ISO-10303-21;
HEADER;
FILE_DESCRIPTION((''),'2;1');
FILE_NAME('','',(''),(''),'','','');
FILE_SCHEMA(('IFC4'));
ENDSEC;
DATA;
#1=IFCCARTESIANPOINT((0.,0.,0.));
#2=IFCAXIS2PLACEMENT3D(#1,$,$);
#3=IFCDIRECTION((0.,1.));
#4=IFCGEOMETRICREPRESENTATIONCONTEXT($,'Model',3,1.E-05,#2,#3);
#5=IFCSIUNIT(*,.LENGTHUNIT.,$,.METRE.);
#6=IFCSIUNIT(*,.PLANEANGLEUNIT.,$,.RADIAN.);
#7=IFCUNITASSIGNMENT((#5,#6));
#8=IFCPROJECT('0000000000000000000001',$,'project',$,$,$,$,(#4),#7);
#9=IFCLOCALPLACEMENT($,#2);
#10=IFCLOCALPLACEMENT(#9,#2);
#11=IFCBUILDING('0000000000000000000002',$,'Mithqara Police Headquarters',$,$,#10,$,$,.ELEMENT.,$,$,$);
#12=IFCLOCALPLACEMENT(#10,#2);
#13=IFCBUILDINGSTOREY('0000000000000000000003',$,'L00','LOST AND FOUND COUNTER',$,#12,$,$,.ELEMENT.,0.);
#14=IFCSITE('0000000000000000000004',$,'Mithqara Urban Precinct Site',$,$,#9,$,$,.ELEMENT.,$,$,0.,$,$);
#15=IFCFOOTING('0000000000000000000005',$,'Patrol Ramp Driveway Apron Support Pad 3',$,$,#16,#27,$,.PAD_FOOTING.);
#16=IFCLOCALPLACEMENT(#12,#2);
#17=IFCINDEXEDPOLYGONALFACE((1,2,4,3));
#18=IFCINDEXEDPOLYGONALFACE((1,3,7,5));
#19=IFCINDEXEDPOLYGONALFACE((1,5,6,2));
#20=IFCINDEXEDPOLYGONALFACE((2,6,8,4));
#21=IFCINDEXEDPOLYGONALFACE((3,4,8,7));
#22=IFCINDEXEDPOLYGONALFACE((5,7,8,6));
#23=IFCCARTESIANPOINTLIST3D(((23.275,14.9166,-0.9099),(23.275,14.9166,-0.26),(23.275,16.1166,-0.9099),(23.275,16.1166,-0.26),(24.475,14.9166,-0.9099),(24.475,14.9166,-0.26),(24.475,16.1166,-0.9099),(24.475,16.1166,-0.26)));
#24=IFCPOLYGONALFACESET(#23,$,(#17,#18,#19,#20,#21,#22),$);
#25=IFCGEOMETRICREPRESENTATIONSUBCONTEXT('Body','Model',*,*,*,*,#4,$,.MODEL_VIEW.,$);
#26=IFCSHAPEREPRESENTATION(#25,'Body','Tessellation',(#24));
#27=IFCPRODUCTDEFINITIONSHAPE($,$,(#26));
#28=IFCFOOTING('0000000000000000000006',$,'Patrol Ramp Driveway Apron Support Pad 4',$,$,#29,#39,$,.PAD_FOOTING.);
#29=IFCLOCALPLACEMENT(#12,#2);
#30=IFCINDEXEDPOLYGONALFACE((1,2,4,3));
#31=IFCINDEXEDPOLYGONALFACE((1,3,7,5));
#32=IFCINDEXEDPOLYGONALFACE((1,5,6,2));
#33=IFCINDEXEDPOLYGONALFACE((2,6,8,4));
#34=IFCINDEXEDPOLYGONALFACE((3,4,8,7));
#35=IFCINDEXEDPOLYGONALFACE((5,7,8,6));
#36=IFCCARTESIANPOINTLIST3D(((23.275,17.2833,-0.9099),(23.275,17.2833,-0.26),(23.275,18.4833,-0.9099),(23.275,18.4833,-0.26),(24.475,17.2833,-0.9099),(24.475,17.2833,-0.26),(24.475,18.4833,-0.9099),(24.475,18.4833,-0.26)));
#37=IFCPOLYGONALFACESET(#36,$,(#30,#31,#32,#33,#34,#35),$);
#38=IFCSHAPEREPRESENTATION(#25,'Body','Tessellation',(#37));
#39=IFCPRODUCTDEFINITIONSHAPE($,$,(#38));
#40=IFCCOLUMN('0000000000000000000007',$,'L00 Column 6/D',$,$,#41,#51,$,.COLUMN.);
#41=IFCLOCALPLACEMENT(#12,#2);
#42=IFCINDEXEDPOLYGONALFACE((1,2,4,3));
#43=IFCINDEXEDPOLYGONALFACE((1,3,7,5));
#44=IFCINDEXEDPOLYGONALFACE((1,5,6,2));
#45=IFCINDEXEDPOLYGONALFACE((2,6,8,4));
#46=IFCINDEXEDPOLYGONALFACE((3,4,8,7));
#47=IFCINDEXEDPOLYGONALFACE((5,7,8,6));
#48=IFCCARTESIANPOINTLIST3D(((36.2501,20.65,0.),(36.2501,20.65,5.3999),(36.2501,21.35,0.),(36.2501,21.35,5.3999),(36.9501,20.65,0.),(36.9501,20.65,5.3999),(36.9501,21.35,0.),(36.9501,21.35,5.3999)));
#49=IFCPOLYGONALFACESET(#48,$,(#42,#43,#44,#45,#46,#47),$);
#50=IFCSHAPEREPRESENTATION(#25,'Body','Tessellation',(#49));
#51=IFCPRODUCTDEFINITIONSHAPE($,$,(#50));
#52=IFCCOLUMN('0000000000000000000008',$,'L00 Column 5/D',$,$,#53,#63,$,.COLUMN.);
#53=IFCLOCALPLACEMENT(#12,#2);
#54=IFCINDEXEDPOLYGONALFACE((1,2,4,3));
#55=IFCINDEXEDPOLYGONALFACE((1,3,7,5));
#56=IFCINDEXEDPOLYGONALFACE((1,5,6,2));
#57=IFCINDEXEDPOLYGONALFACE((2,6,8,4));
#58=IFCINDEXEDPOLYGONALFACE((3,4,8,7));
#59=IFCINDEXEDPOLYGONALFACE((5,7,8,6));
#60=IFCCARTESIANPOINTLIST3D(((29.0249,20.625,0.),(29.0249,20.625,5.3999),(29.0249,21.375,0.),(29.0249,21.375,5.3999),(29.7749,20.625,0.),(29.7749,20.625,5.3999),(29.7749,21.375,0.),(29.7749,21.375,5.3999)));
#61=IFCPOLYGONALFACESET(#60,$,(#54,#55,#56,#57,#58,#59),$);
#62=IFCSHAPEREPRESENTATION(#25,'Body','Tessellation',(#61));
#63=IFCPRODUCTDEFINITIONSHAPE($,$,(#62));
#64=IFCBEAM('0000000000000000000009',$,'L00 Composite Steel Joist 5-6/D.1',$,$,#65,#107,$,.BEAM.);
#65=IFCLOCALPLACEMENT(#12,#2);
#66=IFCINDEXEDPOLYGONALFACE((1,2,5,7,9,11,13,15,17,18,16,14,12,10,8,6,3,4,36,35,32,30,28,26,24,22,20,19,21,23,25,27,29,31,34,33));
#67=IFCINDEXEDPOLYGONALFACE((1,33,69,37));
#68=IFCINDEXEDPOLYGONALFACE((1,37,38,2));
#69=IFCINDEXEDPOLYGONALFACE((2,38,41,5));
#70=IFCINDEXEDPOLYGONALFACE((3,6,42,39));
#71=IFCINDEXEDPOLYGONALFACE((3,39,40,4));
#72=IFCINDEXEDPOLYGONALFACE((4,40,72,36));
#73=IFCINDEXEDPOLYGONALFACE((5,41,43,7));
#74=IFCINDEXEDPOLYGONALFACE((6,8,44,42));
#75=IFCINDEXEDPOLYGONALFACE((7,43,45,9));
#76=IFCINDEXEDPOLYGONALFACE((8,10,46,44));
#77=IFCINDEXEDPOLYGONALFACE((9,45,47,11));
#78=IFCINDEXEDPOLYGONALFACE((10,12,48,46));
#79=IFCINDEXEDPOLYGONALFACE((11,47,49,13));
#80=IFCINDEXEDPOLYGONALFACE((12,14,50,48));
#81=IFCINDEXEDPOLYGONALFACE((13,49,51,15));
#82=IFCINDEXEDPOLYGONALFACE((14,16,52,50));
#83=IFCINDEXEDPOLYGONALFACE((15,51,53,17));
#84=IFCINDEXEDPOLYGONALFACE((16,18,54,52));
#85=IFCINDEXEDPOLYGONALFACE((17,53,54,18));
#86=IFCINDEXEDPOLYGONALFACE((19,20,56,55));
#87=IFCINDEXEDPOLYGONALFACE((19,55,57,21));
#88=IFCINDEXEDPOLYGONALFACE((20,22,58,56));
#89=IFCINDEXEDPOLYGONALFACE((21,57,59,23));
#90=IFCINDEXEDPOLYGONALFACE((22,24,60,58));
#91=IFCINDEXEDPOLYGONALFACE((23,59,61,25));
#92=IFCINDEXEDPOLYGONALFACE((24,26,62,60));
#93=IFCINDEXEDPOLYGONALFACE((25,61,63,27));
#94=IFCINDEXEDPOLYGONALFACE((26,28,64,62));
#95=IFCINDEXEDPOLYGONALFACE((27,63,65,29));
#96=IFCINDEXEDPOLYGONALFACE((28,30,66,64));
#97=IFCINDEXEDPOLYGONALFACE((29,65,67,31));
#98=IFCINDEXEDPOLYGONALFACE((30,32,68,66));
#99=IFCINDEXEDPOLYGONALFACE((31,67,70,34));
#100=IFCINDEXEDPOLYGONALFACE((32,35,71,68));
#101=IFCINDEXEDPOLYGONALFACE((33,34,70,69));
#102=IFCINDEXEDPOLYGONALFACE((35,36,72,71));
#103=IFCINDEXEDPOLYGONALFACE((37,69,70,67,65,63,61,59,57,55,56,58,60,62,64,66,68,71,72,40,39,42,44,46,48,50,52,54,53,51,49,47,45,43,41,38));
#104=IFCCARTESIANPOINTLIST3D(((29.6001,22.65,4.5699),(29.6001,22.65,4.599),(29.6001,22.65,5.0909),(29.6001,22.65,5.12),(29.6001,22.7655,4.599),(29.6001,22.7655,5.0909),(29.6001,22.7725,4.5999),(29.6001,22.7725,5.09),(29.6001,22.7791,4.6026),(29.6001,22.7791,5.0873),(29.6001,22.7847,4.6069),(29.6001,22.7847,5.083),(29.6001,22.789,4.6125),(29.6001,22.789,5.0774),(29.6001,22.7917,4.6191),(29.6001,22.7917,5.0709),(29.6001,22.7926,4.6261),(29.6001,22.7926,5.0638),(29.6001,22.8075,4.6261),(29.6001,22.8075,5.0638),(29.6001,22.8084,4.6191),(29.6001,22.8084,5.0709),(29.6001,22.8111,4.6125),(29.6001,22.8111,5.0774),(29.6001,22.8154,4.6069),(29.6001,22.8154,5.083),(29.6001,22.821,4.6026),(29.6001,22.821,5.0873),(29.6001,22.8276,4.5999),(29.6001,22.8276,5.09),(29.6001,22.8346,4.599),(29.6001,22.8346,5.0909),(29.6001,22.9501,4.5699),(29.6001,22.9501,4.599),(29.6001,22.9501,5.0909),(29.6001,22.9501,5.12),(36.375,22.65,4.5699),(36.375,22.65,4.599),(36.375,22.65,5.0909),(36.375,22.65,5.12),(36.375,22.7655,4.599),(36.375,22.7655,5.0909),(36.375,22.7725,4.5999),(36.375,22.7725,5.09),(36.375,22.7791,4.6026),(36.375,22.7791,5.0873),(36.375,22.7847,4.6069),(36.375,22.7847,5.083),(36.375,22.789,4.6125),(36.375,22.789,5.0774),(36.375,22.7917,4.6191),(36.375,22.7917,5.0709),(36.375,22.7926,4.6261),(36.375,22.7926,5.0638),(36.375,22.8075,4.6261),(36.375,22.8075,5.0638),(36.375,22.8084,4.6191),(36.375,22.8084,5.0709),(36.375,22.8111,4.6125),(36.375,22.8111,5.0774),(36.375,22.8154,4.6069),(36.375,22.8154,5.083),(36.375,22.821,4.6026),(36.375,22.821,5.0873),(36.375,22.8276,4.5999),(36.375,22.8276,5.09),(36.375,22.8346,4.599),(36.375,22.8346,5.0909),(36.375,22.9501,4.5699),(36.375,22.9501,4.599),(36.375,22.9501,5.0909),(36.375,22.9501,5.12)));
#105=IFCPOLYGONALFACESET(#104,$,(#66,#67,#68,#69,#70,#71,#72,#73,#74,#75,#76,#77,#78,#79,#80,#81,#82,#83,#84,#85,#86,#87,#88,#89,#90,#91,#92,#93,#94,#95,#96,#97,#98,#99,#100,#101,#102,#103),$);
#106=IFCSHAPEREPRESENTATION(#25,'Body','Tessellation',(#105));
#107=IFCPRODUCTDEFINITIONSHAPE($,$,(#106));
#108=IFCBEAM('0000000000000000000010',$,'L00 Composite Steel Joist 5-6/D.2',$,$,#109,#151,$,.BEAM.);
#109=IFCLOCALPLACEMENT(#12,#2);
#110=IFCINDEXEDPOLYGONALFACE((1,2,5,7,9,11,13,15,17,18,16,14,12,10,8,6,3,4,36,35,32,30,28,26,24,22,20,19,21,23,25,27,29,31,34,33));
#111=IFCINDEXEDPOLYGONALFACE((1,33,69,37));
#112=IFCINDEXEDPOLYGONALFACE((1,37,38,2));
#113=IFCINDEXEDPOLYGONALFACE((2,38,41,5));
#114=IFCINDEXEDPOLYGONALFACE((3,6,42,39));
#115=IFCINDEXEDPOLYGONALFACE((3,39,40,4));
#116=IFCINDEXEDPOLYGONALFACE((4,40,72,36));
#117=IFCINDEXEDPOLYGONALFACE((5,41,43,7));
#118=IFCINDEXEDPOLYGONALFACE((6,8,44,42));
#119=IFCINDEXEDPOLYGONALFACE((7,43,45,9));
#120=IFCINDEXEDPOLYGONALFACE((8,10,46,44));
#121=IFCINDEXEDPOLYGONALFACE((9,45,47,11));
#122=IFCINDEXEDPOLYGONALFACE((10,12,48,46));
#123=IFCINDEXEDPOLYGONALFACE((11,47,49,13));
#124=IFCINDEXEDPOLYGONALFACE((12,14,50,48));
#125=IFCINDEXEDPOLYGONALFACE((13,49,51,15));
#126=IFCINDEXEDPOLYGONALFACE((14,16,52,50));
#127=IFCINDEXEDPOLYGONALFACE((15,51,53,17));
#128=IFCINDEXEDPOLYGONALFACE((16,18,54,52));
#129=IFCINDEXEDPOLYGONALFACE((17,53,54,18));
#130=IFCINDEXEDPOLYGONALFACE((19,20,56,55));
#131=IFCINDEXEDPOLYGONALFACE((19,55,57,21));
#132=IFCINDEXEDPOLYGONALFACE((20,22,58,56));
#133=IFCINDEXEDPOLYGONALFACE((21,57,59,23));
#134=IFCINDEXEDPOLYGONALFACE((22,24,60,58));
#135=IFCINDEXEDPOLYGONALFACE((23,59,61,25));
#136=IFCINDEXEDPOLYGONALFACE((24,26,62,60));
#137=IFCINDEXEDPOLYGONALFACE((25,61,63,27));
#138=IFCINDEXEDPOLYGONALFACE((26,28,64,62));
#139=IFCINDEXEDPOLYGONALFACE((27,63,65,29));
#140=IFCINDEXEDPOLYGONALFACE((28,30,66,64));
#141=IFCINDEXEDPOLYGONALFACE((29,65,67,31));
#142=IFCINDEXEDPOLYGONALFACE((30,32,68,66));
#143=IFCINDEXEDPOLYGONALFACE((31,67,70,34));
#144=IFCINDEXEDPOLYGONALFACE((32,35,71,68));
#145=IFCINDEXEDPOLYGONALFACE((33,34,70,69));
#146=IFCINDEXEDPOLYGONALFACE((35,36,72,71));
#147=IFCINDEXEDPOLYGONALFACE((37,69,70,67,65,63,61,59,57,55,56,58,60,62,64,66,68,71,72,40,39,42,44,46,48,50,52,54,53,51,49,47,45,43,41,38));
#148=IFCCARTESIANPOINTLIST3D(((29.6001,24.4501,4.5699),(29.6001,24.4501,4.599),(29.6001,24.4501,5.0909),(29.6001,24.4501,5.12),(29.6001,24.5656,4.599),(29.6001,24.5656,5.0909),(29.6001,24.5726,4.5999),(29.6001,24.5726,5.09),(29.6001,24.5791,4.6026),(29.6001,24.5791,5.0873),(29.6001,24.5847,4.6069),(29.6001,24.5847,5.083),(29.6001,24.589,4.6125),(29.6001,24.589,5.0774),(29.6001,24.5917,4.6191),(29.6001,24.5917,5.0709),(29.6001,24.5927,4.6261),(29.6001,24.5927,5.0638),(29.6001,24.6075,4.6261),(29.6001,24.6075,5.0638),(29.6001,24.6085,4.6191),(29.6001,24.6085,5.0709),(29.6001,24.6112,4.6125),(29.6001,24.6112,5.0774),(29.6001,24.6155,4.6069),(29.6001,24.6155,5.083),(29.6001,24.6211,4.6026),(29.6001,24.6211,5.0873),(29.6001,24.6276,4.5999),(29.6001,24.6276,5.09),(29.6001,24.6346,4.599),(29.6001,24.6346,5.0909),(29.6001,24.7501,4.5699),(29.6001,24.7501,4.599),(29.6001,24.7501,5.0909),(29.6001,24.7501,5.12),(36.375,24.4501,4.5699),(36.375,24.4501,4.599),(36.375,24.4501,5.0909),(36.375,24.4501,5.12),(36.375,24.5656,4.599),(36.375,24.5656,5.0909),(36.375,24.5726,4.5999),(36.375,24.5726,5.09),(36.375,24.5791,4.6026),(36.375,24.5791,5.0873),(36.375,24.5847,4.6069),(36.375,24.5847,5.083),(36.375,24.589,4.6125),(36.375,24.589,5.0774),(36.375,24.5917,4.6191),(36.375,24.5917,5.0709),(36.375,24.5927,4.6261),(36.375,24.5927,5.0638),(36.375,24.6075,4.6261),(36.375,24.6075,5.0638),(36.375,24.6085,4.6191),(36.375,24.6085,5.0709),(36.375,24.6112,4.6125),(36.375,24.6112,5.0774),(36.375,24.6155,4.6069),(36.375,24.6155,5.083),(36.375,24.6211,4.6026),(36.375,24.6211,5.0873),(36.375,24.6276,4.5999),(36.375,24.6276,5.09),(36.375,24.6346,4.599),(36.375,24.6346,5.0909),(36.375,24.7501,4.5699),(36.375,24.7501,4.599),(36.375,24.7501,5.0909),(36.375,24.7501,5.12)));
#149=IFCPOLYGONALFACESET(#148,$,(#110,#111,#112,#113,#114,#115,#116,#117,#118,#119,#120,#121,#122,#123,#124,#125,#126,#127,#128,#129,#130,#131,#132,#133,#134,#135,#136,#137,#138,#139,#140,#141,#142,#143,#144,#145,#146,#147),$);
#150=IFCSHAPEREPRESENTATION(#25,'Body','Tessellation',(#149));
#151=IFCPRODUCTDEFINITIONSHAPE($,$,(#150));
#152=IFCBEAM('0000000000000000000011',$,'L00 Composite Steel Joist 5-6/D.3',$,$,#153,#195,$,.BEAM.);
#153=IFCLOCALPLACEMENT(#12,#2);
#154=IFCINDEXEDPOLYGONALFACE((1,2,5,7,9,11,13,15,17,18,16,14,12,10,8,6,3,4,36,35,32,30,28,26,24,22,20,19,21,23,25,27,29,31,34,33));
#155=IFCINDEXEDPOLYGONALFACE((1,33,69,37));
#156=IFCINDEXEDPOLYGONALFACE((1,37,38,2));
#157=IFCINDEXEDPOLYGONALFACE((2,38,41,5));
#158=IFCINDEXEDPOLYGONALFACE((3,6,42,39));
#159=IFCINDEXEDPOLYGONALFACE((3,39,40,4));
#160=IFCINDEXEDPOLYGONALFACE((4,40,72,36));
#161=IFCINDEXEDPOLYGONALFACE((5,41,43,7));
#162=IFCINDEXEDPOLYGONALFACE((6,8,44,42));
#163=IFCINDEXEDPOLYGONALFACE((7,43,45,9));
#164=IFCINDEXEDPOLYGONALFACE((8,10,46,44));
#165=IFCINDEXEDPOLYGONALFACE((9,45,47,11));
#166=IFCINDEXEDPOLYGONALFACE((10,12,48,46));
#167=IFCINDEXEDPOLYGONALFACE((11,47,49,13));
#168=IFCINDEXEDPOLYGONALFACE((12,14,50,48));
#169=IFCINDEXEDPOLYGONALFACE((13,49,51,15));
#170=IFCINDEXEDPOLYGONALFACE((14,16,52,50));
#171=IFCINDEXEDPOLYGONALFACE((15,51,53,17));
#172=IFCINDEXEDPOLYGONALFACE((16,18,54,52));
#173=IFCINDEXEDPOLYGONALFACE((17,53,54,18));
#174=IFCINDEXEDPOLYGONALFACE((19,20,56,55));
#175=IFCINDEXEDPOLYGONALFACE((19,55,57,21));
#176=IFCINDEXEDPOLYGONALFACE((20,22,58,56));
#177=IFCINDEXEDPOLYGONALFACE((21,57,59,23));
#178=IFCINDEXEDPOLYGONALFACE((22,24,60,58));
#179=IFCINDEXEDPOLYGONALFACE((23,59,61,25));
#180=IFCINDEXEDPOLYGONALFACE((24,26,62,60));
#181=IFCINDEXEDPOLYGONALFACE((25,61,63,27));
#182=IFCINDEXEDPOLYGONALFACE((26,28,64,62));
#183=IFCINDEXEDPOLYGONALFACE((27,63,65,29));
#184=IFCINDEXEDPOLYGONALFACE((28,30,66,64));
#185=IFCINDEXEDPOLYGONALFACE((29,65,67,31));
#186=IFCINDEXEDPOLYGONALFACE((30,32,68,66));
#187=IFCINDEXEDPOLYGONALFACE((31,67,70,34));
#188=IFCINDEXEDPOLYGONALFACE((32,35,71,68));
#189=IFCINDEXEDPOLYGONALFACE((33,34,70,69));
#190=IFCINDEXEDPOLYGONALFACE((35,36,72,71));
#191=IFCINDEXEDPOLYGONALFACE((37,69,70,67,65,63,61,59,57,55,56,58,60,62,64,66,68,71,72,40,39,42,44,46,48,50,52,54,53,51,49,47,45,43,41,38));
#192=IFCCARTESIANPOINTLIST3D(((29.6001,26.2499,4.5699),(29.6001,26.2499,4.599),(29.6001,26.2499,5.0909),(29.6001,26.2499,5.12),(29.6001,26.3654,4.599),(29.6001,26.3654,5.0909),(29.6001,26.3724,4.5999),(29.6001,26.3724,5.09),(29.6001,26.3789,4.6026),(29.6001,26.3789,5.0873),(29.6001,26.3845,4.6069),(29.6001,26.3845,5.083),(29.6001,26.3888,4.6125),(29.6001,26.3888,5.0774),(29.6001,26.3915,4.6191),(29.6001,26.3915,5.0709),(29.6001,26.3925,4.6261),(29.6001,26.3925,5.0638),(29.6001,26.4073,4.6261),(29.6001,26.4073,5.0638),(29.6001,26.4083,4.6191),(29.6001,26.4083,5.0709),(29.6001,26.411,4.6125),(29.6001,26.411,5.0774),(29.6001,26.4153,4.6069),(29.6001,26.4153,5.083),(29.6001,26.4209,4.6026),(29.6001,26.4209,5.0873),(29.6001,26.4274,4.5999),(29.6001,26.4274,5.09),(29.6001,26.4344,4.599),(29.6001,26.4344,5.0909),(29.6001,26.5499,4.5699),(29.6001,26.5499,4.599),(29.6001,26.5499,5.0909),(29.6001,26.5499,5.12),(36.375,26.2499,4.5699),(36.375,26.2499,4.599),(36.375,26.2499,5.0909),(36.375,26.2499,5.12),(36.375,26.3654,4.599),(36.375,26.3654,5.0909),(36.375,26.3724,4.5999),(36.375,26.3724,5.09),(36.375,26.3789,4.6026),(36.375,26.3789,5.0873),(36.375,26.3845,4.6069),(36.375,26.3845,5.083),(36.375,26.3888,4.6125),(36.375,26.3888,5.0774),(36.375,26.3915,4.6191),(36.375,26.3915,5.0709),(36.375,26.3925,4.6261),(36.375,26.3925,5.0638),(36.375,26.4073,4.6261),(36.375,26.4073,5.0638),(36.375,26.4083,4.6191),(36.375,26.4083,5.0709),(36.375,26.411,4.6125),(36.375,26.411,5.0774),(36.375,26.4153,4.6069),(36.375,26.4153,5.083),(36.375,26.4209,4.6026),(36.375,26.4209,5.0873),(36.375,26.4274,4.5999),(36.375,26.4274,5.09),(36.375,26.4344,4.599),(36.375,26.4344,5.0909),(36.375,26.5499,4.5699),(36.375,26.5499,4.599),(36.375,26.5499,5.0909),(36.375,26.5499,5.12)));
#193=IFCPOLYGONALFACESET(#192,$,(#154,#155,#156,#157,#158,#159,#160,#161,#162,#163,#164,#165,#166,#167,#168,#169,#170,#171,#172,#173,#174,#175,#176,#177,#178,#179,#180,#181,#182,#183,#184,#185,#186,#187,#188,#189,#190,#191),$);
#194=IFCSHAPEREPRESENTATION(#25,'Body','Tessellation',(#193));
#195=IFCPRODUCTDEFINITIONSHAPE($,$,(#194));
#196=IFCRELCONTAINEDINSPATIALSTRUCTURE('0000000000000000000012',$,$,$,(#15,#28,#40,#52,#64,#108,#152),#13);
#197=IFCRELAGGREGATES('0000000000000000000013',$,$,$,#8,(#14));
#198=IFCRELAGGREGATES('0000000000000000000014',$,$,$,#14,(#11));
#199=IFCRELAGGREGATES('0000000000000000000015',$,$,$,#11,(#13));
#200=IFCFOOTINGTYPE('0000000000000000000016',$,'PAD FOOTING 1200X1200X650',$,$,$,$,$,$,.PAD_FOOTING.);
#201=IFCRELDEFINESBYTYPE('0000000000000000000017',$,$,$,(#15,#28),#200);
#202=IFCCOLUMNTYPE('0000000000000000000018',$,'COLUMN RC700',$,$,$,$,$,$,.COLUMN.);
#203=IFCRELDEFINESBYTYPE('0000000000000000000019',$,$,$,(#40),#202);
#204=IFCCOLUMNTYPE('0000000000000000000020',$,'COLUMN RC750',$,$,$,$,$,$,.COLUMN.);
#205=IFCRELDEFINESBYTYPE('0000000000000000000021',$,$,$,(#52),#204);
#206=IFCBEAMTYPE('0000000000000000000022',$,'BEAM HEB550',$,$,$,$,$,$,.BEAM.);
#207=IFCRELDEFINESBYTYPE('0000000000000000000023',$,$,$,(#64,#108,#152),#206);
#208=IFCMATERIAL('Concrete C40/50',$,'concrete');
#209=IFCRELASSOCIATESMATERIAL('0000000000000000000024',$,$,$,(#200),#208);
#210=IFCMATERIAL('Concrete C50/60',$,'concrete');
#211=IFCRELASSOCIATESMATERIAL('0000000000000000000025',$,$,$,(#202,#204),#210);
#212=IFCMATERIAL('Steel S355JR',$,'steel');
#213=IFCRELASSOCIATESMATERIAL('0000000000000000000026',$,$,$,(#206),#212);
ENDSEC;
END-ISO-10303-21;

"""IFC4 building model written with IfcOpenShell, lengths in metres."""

from ifc_helpers import new_model, si_unit, direction, frame, origin, origin_2d, place, context, subcontext, project, spatial, rectangle, i_section, extrude, material, material_profile, profile_set, type_object, element, save


model = new_model("IFC4")

# Units and contexts
model_context = context("Model", 3, precision=1e-05, world=origin(), true_north=direction((0.0, 1.0)))
body_context = subcontext(model_context, "Body", "Model", "MODEL_VIEW")
ifc_project = project(units=[si_unit("LENGTHUNIT", "METRE"), si_unit("PLANEANGLEUNIT", "RADIAN")], contexts=[model_context])

# Site, building, storey
site_placement = place(None, origin())
site = spatial("IfcSite", under=ifc_project, at=site_placement, Name="Mithqara Urban Precinct Site", CompositionType="ELEMENT", RefElevation=0.0)
building_placement = place(site_placement, origin())
building = spatial("IfcBuilding", under=site, at=building_placement, Name="Mithqara Police Headquarters", CompositionType="ELEMENT")
storey_placement = place(building_placement, origin())
storey = spatial("IfcBuildingStorey", under=building, at=storey_placement, Name="L00", Description="LOST AND FOUND COUNTER", CompositionType="ELEMENT", Elevation=0.0)

# Footings
ifc_material_1 = material(Name="Concrete C40/50", Category="concrete")
footing_type = type_object("IfcFootingType", Name="PAD FOOTING 1200X1200X650", PredefinedType="PAD_FOOTING", material=ifc_material_1)
for number, where, z_axis, x_axis, name in (
    (1, (23.875, 15.5166, -0.9099), (0.0, 0.0, 1.0), (1.0, 0.0, 0.0), "Patrol Ramp Driveway Apron Support Pad 3"),
    (2, (23.875, 17.8833, -0.9099), (0.0, 0.0, 1.0), (1.0, 0.0, 0.0), "Patrol Ramp Driveway Apron Support Pad 4"),
):
    element("IfcFooting", number, at=place(storey_placement, frame(where, z_axis=z_axis, x_axis=x_axis)), inside=storey, type_object=footing_type, Name=name, PredefinedType="PAD_FOOTING", context=body_context, shape_type="SweptSolid", body=[
        extrude(rectangle(XDim=1.2, YDim=1.2, at=origin_2d()), origin(), (0.0, 0.0, 1.0), 0.6499),
    ])

# Columns
ifc_material_2 = material(Name="Concrete C50/60", Category="concrete")
ifc_material_profile_1 = material_profile(ifc_material_2, rectangle(XDim=0.7, YDim=0.7, at=origin_2d()), Name="RC 700x700")
ifc_profile_set_1 = profile_set([ifc_material_profile_1], Name="Concrete C50/60")
column_type_1 = type_object("IfcColumnType", Name="COLUMN RC700", PredefinedType="COLUMN", material=ifc_profile_set_1)
column_1_placement = place(storey_placement, frame((36.6001, 21.0, 0.0), z_axis=(0.0, 0.0, 1.0), x_axis=(1.0, 0.0, 0.0)))
element("IfcColumn", 3, at=column_1_placement, inside=storey, type_object=column_type_1, Name="L00 Column 6/D", PredefinedType="COLUMN", context=body_context, shape_type="SweptSolid", body=[
    extrude(rectangle(XDim=0.7, YDim=0.7, at=origin_2d()), origin(), (0.0, 0.0, 1.0), 5.3999),
])
ifc_material_profile_2 = material_profile(ifc_material_2, rectangle(XDim=0.75, YDim=0.75, at=origin_2d()), Name="RC 750x750")
ifc_profile_set_2 = profile_set([ifc_material_profile_2], Name="Concrete C50/60")
column_type_2 = type_object("IfcColumnType", Name="COLUMN RC750", PredefinedType="COLUMN", material=ifc_profile_set_2)
column_2_placement = place(storey_placement, frame((29.3999, 21.0, 0.0), z_axis=(0.0, 0.0, 1.0), x_axis=(1.0, 0.0, 0.0)))
element("IfcColumn", 4, at=column_2_placement, inside=storey, type_object=column_type_2, Name="L00 Column 5/D", PredefinedType="COLUMN", context=body_context, shape_type="SweptSolid", body=[
    extrude(rectangle(XDim=0.75, YDim=0.75, at=origin_2d()), origin(), (0.0, 0.0, 1.0), 5.3999),
])

# Beams
ifc_material_3 = material(Name="Steel S355JR", Category="steel")
ifc_material_profile_3 = material_profile(ifc_material_3, i_section(OverallWidth=0.3, OverallDepth=0.55, WebThickness=0.0149, FlangeThickness=0.0291, FilletRadius=0.0271, at=origin_2d()), Name="HEB 550")
ifc_profile_set_3 = profile_set([ifc_material_profile_3], Name="Steel S355JR")
beam_type_1 = type_object("IfcBeamType", Name="BEAM HEB550", PredefinedType="BEAM", material=ifc_profile_set_3)
for number, where, z_axis, x_axis, name in (
    (5, (29.6001, 22.8, 4.845), (1.0, 0.0, 0.0), (0.0, 1.0, 0.0), "L00 Composite Steel Joist 5-6/D.1"),
    (6, (29.6001, 24.6001, 4.845), (1.0, 0.0, 0.0), (0.0, 1.0, 0.0), "L00 Composite Steel Joist 5-6/D.2"),
    (7, (29.6001, 26.3999, 4.845), (1.0, 0.0, 0.0), (0.0, 1.0, 0.0), "L00 Composite Steel Joist 5-6/D.3"),
):
    element("IfcBeam", number, at=place(storey_placement, frame(where, z_axis=z_axis, x_axis=x_axis)), inside=storey, type_object=beam_type_1, Name=name, PredefinedType="BEAM", context=body_context, shape_type="SweptSolid", body=[
        extrude(i_section(OverallWidth=0.3, OverallDepth=0.55, WebThickness=0.0149, FlangeThickness=0.0291, FilletRadius=0.0271, at=origin_2d()), origin(), (0.0, 0.0, 1.0), 6.7749),
    ])

save(model, "model.ifc")
